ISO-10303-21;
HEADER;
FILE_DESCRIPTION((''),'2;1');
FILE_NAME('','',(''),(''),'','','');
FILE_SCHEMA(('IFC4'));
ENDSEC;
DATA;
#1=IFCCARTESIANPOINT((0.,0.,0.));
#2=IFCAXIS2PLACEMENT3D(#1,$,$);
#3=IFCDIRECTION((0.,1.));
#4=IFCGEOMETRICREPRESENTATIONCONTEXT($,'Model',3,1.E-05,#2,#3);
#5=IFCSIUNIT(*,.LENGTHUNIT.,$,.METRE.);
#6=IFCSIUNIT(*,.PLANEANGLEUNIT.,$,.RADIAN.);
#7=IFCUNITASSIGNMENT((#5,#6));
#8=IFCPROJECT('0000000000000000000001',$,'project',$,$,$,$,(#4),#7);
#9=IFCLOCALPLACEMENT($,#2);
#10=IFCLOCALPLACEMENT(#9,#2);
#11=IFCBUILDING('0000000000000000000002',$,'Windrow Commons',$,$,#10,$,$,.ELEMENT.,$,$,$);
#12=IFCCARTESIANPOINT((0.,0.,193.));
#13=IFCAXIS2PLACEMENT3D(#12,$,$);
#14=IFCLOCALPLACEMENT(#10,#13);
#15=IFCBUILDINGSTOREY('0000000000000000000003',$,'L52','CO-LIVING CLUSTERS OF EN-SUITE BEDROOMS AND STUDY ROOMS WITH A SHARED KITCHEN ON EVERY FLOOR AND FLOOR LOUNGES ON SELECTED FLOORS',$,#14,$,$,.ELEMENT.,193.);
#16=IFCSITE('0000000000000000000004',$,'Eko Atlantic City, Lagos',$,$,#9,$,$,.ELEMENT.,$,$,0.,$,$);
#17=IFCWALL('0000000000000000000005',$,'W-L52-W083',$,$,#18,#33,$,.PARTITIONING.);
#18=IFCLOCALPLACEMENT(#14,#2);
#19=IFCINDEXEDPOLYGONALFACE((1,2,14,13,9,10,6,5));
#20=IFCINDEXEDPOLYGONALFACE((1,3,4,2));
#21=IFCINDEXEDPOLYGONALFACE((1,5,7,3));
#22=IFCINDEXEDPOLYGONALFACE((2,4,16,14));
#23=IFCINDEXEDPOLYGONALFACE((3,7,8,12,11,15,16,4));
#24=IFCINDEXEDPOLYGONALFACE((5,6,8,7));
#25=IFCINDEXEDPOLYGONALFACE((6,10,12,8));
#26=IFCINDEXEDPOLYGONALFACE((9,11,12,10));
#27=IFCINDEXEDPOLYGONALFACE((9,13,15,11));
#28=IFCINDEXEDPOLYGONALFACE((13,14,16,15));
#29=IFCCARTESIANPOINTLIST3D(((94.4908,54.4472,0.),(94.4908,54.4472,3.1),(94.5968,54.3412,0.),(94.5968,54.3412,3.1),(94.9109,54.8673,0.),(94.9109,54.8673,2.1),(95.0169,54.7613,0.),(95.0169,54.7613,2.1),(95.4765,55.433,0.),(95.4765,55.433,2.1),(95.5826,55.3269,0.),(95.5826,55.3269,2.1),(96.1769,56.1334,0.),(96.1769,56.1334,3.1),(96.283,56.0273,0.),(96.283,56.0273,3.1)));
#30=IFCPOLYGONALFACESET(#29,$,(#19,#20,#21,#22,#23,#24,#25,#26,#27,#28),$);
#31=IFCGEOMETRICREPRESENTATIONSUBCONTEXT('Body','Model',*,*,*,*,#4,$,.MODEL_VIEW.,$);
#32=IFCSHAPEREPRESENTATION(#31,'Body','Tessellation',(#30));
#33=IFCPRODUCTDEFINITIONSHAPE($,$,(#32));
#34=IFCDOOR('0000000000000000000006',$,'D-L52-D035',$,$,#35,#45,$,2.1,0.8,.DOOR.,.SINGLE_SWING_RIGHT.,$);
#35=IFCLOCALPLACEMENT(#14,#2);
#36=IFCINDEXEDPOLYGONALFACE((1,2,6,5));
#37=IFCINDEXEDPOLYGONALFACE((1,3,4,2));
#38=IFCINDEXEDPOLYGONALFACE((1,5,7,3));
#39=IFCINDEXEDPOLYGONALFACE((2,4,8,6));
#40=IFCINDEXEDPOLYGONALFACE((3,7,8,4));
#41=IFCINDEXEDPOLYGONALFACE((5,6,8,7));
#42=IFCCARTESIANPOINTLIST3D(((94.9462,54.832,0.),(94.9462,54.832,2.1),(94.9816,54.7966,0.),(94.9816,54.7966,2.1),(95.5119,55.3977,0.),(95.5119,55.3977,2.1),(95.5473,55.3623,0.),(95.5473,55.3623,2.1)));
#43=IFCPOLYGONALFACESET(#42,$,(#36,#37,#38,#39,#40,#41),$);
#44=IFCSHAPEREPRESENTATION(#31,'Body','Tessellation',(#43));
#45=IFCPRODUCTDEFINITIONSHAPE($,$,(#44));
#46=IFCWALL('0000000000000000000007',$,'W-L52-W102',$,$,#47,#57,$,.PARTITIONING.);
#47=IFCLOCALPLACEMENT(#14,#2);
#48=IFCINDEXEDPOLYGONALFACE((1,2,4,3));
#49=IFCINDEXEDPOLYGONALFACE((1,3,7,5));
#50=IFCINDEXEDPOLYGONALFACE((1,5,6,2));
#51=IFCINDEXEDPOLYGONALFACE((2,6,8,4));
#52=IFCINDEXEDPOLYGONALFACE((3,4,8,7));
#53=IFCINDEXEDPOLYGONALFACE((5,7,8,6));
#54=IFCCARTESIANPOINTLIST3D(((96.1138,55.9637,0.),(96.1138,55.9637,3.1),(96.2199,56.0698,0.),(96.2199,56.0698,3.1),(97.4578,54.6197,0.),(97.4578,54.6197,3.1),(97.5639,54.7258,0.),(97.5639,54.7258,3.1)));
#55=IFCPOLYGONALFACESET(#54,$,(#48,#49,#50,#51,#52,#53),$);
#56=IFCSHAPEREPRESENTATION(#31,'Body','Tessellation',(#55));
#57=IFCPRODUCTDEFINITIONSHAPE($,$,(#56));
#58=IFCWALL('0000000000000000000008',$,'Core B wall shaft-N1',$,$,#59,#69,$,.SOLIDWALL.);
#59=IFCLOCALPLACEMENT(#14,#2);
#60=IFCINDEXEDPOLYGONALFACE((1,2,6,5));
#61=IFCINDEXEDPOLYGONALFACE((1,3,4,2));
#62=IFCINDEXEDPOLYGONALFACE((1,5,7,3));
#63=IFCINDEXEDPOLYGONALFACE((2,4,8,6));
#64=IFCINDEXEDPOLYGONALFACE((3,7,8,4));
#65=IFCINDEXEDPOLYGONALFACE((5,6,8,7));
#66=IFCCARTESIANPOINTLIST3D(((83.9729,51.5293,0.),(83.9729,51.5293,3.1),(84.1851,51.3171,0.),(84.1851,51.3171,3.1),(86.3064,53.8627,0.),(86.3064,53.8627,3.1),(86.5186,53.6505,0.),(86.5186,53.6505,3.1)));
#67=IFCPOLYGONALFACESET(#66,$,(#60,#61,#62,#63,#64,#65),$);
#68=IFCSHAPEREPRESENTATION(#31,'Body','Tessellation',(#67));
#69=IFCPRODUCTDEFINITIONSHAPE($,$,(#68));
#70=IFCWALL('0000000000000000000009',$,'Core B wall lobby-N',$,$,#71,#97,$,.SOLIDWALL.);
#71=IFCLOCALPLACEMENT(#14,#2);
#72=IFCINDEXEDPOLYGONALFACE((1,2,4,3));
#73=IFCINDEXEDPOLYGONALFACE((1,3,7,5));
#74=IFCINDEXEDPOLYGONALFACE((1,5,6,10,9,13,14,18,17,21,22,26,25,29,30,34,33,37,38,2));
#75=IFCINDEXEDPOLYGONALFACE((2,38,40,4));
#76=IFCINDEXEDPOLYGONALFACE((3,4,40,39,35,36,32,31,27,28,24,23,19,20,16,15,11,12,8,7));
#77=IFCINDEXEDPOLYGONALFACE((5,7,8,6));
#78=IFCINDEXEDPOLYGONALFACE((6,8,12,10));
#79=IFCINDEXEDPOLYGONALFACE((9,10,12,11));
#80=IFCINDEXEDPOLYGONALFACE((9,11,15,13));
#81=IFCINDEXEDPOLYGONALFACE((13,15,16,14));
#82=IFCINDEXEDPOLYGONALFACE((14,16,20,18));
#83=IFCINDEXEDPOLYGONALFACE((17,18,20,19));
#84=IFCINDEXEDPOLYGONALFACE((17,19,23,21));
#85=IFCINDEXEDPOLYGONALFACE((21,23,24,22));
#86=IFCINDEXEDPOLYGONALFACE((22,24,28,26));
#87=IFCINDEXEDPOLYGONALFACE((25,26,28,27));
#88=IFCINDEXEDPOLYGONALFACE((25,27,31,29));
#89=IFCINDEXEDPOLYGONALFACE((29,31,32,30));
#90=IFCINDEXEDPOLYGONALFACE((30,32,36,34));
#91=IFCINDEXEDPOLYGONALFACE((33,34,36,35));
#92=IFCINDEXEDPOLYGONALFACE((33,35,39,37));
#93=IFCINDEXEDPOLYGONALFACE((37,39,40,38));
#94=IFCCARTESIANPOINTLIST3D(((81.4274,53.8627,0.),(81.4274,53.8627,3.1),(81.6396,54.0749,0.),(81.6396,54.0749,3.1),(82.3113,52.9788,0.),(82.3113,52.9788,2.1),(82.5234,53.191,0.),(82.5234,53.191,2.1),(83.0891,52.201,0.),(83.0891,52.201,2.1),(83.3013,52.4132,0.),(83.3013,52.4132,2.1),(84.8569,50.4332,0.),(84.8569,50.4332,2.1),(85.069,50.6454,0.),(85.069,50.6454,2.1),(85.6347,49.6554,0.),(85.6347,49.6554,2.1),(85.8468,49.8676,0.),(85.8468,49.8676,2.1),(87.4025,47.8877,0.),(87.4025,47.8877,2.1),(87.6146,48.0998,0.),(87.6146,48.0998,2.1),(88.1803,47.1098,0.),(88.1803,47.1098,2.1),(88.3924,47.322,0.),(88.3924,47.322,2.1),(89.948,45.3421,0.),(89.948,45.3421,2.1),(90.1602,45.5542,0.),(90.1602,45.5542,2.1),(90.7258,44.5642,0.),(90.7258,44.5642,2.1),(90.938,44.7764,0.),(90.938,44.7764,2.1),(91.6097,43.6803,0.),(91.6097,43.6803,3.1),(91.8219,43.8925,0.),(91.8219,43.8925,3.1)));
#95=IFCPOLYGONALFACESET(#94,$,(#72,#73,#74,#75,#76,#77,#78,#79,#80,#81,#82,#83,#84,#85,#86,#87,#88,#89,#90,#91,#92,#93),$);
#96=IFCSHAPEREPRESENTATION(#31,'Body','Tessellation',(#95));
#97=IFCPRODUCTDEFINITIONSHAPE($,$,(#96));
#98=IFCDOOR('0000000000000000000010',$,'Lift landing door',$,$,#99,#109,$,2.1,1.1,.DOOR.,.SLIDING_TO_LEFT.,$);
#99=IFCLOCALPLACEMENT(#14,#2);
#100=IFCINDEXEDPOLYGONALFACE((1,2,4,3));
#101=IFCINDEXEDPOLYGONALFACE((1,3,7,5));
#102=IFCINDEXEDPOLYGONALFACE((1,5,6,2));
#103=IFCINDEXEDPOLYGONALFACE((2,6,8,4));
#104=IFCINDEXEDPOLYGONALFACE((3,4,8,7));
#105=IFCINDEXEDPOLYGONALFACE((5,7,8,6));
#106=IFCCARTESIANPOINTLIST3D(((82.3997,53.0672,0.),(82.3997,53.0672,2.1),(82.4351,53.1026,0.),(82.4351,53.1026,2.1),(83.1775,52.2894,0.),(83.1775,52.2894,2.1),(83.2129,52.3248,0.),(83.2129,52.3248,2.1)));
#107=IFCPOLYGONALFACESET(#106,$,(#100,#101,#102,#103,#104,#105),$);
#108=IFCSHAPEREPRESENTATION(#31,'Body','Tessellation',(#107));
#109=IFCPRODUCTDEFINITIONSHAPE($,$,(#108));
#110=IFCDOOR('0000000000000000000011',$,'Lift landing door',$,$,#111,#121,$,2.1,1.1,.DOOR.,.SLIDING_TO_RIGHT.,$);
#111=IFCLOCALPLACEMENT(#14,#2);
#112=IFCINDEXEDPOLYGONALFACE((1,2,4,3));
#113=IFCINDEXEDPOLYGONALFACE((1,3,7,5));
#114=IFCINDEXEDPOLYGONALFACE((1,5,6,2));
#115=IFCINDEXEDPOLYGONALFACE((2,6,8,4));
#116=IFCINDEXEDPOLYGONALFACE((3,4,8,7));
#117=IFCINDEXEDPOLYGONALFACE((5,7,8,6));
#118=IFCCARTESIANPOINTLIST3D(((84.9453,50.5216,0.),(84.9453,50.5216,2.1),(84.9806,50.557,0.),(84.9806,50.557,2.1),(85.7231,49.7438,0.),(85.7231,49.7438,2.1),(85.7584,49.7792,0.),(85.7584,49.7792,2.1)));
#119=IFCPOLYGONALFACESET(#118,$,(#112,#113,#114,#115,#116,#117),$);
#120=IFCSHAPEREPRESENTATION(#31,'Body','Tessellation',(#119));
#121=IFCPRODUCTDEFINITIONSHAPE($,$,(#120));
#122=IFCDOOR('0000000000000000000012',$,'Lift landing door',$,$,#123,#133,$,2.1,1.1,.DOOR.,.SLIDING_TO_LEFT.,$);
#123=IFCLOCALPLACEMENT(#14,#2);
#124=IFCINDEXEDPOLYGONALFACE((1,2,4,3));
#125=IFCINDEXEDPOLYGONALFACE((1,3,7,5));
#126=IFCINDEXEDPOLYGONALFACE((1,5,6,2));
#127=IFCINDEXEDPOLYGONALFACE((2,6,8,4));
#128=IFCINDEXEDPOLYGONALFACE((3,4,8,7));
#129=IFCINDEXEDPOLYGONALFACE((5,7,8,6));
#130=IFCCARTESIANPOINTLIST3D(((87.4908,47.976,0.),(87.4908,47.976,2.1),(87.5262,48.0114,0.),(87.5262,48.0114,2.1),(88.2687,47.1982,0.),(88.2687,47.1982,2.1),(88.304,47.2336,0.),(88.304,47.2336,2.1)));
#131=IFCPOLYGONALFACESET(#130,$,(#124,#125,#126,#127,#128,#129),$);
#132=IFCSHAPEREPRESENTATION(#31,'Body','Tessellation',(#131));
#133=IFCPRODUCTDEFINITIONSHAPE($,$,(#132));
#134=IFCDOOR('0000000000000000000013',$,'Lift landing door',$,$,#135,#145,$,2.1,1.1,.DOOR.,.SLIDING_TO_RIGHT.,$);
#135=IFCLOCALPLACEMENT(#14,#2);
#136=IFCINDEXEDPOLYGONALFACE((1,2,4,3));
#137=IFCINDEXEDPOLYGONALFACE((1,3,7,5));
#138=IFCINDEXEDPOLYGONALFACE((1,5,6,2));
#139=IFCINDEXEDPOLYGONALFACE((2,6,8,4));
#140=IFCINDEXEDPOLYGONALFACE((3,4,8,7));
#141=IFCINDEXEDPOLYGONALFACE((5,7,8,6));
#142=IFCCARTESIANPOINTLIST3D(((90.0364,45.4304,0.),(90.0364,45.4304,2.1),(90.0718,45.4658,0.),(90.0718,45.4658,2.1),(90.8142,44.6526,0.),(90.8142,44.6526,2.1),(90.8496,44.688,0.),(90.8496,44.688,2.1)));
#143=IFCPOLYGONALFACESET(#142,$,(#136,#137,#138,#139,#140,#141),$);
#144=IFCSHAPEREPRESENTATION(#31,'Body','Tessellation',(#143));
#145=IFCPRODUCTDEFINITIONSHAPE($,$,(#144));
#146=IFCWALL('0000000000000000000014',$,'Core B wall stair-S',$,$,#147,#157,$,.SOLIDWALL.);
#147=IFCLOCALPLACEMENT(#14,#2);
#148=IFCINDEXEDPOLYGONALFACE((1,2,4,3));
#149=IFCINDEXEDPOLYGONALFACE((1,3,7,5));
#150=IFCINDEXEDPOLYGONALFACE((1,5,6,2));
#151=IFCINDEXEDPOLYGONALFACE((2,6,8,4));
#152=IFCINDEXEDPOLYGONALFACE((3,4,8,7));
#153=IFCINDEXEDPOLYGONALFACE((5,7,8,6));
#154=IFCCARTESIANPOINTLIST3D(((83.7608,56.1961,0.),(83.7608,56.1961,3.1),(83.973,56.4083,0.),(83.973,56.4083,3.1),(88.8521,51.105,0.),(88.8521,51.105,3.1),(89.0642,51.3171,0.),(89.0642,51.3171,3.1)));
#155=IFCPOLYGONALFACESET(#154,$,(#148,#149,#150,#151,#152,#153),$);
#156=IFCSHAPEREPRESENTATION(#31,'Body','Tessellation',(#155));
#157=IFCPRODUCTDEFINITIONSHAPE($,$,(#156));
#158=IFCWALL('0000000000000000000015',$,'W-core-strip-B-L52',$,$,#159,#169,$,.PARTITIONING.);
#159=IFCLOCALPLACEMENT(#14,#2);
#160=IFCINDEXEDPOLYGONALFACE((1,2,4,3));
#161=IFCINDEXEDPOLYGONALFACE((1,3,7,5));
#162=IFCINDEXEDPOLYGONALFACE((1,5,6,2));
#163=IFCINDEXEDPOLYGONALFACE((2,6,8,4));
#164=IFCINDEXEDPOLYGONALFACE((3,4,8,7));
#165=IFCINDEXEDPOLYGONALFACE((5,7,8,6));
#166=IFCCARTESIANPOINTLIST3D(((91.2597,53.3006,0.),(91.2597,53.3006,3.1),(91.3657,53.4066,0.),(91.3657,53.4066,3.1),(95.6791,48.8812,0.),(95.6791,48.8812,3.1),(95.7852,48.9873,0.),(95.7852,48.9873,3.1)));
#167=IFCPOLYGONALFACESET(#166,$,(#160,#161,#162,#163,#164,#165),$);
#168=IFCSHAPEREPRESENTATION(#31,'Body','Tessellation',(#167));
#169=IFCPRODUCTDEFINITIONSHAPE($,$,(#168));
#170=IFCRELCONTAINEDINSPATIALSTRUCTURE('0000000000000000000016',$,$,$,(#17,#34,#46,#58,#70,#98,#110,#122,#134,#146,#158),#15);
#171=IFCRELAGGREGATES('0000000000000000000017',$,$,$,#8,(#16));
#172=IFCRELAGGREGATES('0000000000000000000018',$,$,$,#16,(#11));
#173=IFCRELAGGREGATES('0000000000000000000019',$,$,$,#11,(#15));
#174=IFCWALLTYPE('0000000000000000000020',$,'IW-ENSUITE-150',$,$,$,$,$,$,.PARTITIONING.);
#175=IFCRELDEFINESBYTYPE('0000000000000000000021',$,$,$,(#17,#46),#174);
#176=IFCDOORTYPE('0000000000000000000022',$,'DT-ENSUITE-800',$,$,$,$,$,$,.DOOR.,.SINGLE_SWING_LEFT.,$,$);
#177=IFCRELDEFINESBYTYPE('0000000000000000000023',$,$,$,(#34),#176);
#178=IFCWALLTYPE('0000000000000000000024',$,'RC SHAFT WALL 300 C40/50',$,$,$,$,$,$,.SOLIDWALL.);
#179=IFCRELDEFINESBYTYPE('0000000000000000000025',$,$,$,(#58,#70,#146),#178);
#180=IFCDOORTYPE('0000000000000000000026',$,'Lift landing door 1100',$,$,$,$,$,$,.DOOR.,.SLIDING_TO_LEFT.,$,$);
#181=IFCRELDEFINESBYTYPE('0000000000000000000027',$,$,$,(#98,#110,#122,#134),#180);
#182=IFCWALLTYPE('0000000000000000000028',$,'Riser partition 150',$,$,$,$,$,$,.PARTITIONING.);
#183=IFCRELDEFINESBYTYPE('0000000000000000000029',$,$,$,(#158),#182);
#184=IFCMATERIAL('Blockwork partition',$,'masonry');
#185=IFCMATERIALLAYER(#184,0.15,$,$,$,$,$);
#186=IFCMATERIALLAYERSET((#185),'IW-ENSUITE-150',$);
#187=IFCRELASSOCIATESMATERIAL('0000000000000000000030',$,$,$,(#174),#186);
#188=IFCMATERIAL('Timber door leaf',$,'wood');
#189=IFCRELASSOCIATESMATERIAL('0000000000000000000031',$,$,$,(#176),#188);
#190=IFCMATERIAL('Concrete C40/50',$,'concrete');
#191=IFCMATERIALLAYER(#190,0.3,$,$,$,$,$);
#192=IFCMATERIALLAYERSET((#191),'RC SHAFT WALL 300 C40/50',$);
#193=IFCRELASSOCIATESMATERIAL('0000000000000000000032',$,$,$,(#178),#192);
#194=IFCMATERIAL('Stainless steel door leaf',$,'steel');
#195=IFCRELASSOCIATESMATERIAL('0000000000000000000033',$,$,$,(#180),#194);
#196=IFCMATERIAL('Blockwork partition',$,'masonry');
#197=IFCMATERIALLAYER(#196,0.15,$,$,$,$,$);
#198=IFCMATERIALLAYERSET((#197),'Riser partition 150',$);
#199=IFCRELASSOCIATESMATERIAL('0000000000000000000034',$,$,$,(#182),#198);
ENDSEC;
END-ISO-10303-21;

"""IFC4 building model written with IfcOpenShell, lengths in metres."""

from ifc_helpers import new_model, si_unit, direction, frame, frame_2d, origin, place, context, subcontext, project, spatial, rectangle, extrude, material, layer, layer_set, type_object, element, fill, save


model = new_model("IFC4")

# Units and contexts
model_context = context("Model", 3, precision=1e-05, world=origin(), true_north=direction((0.0, 1.0)))
body_context = subcontext(model_context, "Body", "Model", "MODEL_VIEW")
ifc_project = project(units=[si_unit("LENGTHUNIT", "METRE"), si_unit("PLANEANGLEUNIT", "RADIAN")], contexts=[model_context])

# Site, building, storey
site_placement = place(None, origin())
site = spatial("IfcSite", under=ifc_project, at=site_placement, Name="Eko Atlantic City, Lagos", CompositionType="ELEMENT", RefElevation=0.0)
building_placement = place(site_placement, origin())
building = spatial("IfcBuilding", under=site, at=building_placement, Name="Windrow Commons", CompositionType="ELEMENT")
storey_placement = place(building_placement, frame((0.0, 0.0, 193.0)))
storey = spatial("IfcBuildingStorey", under=building, at=storey_placement, Name="L52", Description="CO-LIVING CLUSTERS OF EN-SUITE BEDROOMS AND STUDY ROOMS WITH A SHARED KITCHEN ON EVERY FLOOR AND FLOOR LOUNGES ON SELECTED FLOORS", CompositionType="ELEMENT", Elevation=193.0)

# Shared definitions
ifc_material_1 = material(Name="Blockwork partition", Category="masonry")
ifc_layer_1 = layer(ifc_material_1, 0.15)
ifc_layer_set_1 = layer_set([ifc_layer_1], Name="IW-ENSUITE-150")
wall_type_1 = type_object("IfcWallType", Name="IW-ENSUITE-150", PredefinedType="PARTITIONING", material=ifc_layer_set_1)

# Wall, opening, door
wall_1_placement = place(storey_placement, frame((94.5438, 54.3942, 0.0), z_axis=(0.0, 0.0, 1.0), x_axis=(0.707107, 0.707107, 0.0)))
wall_1 = element("IfcWall", 1, at=wall_1_placement, inside=storey, type_object=wall_type_1, Name="W-L52-W083", PredefinedType="PARTITIONING", context=body_context, shape_type="SweptSolid", body=[
    extrude(rectangle(XDim=2.3846, YDim=0.15, at=frame_2d((1.1923, 0.0))), origin(), (0.0, 0.0, 1.0), 3.1),
])
opening_1_placement = place(wall_1_placement, frame((0.5941, 0.0, 0.0)))
opening_1 = element("IfcOpeningElement", 2, at=opening_1_placement, cuts=wall_1, PredefinedType="OPENING", context=body_context, shape_type="SweptSolid", body=[
    extrude(rectangle(XDim=0.8, YDim=2.1, at=frame_2d((0.4, 1.05))), frame((0.0, 0.085, 0.0), z_axis=(0.0, -1.0, 0.0), x_axis=(1.0, 0.0, 0.0)), (0.0, 0.0, 1.0), 0.17),
])
ifc_material_2 = material(Name="Timber door leaf", Category="wood")
door_type_1 = type_object("IfcDoorType", Name="DT-ENSUITE-800", OperationType="SINGLE_SWING_LEFT", PredefinedType="DOOR", material=ifc_material_2)
door_1_placement = place(opening_1_placement, origin())
door_1 = element("IfcDoor", 3, at=door_1_placement, inside=storey, type_object=door_type_1, Name="D-L52-D035", OperationType="SINGLE_SWING_RIGHT", OverallHeight=2.1, OverallWidth=0.8, PredefinedType="DOOR", context=body_context, shape_type="SweptSolid", body=[
    extrude(rectangle(XDim=0.8, YDim=2.1, at=frame_2d((0.4, 1.05))), frame((0.0, 0.025, 0.0), z_axis=(0.0, -1.0, 0.0), x_axis=(1.0, 0.0, 0.0)), (0.0, 0.0, 1.0), 0.05),
])
fill(opening_1, door_1)

# Walls
wall_2_placement = place(storey_placement, frame((96.1668, 56.0168, 0.0), z_axis=(0.0, 0.0, 1.0), x_axis=(0.707107, -0.707107, 0.0)))
element("IfcWall", 4, at=wall_2_placement, inside=storey, type_object=wall_type_1, Name="W-L52-W102", PredefinedType="PARTITIONING", context=body_context, shape_type="SweptSolid", body=[
    extrude(rectangle(XDim=1.9007, YDim=0.15, at=frame_2d((0.9504, 0.0))), origin(), (0.0, 0.0, 1.0), 3.1),
])
ifc_material_3 = material(Name="Concrete C40/50", Category="concrete")
ifc_layer_2 = layer(ifc_material_3, 0.3)
ifc_layer_set_2 = layer_set([ifc_layer_2], Name="RC SHAFT WALL 300 C40/50")
wall_type_2 = type_object("IfcWallType", Name="RC SHAFT WALL 300 C40/50", PredefinedType="SOLIDWALL", material=ifc_layer_set_2)
wall_3_placement = place(storey_placement, frame((84.079, 51.4232, 0.0), z_axis=(0.0, 0.0, 1.0), x_axis=(0.707122, 0.707092, 0.0)))
element("IfcWall", 5, at=wall_3_placement, inside=storey, type_object=wall_type_2, Name="Core B wall shaft-N1", PredefinedType="SOLIDWALL", context=body_context, shape_type="SweptSolid", body=[
    extrude(rectangle(XDim=3.3, YDim=0.3, at=frame_2d((1.65, 0.0))), origin(), (0.0, 0.0, 1.0), 3.1),
])

# Wall, openings, doors
wall_4_placement = place(storey_placement, frame((81.5335, 53.9688, 0.0), z_axis=(0.0, 0.0, 1.0), x_axis=(0.707103, -0.70711, 0.0)))
wall_4 = element("IfcWall", 6, at=wall_4_placement, inside=storey, type_object=wall_type_2, Name="Core B wall lobby-N", PredefinedType="SOLIDWALL", context=body_context, shape_type="SweptSolid", body=[
    extrude(rectangle(XDim=14.4, YDim=0.3, at=frame_2d((7.2, 0.0))), origin(), (0.0, 0.0, 1.0), 3.1),
])
opening_2_placement = place(wall_4_placement, frame((1.25, 0.0, 0.0)))
opening_2 = element("IfcOpeningElement", 7, at=opening_2_placement, cuts=wall_4, PredefinedType="OPENING", context=body_context, shape_type="SweptSolid", body=[
    extrude(rectangle(XDim=1.1, YDim=2.1, at=frame_2d((0.55, 1.05))), frame((0.0, 0.16, 0.0), z_axis=(0.0, -1.0, 0.0), x_axis=(1.0, 0.0, 0.0)), (0.0, 0.0, 1.0), 0.32),
])
opening_3_placement = place(wall_4_placement, frame((4.85, 0.0, 0.0)))
opening_3 = element("IfcOpeningElement", 8, at=opening_3_placement, cuts=wall_4, PredefinedType="OPENING", context=body_context, shape_type="SweptSolid", body=[
    extrude(rectangle(XDim=1.1, YDim=2.1, at=frame_2d((0.55, 1.05))), frame((0.0, 0.16, 0.0), z_axis=(0.0, -1.0, 0.0), x_axis=(1.0, 0.0, 0.0)), (0.0, 0.0, 1.0), 0.32),
])
opening_4_placement = place(wall_4_placement, frame((8.45, 0.0, 0.0)))
opening_4 = element("IfcOpeningElement", 9, at=opening_4_placement, cuts=wall_4, PredefinedType="OPENING", context=body_context, shape_type="SweptSolid", body=[
    extrude(rectangle(XDim=1.1, YDim=2.1, at=frame_2d((0.55, 1.05))), frame((0.0, 0.16, 0.0), z_axis=(0.0, -1.0, 0.0), x_axis=(1.0, 0.0, 0.0)), (0.0, 0.0, 1.0), 0.32),
])
opening_5_placement = place(wall_4_placement, frame((12.05, 0.0, 0.0)))
opening_5 = element("IfcOpeningElement", 10, at=opening_5_placement, cuts=wall_4, PredefinedType="OPENING", context=body_context, shape_type="SweptSolid", body=[
    extrude(rectangle(XDim=1.1, YDim=2.1, at=frame_2d((0.55, 1.05))), frame((0.0, 0.16, 0.0), z_axis=(0.0, -1.0, 0.0), x_axis=(1.0, 0.0, 0.0)), (0.0, 0.0, 1.0), 0.32),
])
ifc_material_4 = material(Name="Stainless steel door leaf", Category="steel")
door_type_2 = type_object("IfcDoorType", Name="Lift landing door 1100", OperationType="SLIDING_TO_LEFT", PredefinedType="DOOR", material=ifc_material_4)
door_2_placement = place(opening_2_placement, origin())
door_2 = element("IfcDoor", 11, at=door_2_placement, inside=storey, type_object=door_type_2, Name="Lift landing door", OperationType="SLIDING_TO_LEFT", OverallHeight=2.1, OverallWidth=1.1, PredefinedType="DOOR", context=body_context, shape_type="SweptSolid", body=[
    extrude(rectangle(XDim=1.1, YDim=2.1, at=frame_2d((0.55, 1.05))), frame((0.0, 0.025, 0.0), z_axis=(0.0, -1.0, 0.0), x_axis=(1.0, 0.0, 0.0)), (0.0, 0.0, 1.0), 0.05),
])
fill(opening_2, door_2)
door_3_placement = place(opening_3_placement, origin())
door_3 = element("IfcDoor", 12, at=door_3_placement, inside=storey, type_object=door_type_2, Name="Lift landing door", OperationType="SLIDING_TO_RIGHT", OverallHeight=2.1, OverallWidth=1.1, PredefinedType="DOOR", context=body_context, shape_type="SweptSolid", body=[
    extrude(rectangle(XDim=1.1, YDim=2.1, at=frame_2d((0.55, 1.05))), frame((0.0, 0.025, 0.0), z_axis=(0.0, -1.0, 0.0), x_axis=(1.0, 0.0, 0.0)), (0.0, 0.0, 1.0), 0.05),
])
fill(opening_3, door_3)
door_4_placement = place(opening_4_placement, origin())
door_4 = element("IfcDoor", 13, at=door_4_placement, inside=storey, type_object=door_type_2, Name="Lift landing door", OperationType="SLIDING_TO_LEFT", OverallHeight=2.1, OverallWidth=1.1, PredefinedType="DOOR", context=body_context, shape_type="SweptSolid", body=[
    extrude(rectangle(XDim=1.1, YDim=2.1, at=frame_2d((0.55, 1.05))), frame((0.0, 0.025, 0.0), z_axis=(0.0, -1.0, 0.0), x_axis=(1.0, 0.0, 0.0)), (0.0, 0.0, 1.0), 0.05),
])
fill(opening_4, door_4)
door_5_placement = place(opening_5_placement, origin())
door_5 = element("IfcDoor", 14, at=door_5_placement, inside=storey, type_object=door_type_2, Name="Lift landing door", OperationType="SLIDING_TO_RIGHT", OverallHeight=2.1, OverallWidth=1.1, PredefinedType="DOOR", context=body_context, shape_type="SweptSolid", body=[
    extrude(rectangle(XDim=1.1, YDim=2.1, at=frame_2d((0.55, 1.05))), frame((0.0, 0.025, 0.0), z_axis=(0.0, -1.0, 0.0), x_axis=(1.0, 0.0, 0.0)), (0.0, 0.0, 1.0), 0.05),
])
fill(opening_5, door_5)

# Walls
wall_5_placement = place(storey_placement, frame((83.8669, 56.3022, 0.0), z_axis=(0.0, 0.0, 1.0), x_axis=(0.707114, -0.7071, 0.0)))
element("IfcWall", 15, at=wall_5_placement, inside=storey, type_object=wall_type_2, Name="Core B wall stair-S", PredefinedType="SOLIDWALL", context=body_context, shape_type="SweptSolid", body=[
    extrude(rectangle(XDim=7.2, YDim=0.3, at=frame_2d((3.6, 0.0))), origin(), (0.0, 0.0, 1.0), 3.1),
])
ifc_material_5 = material(Name="Blockwork partition", Category="masonry")
ifc_layer_3 = layer(ifc_material_5, 0.15)
ifc_layer_set_3 = layer_set([ifc_layer_3], Name="Riser partition 150")
wall_type_3 = type_object("IfcWallType", Name="Riser partition 150", PredefinedType="PARTITIONING", material=ifc_layer_set_3)
wall_6_placement = place(storey_placement, frame((91.3127, 53.3536, 0.0), z_axis=(0.0, 0.0, 1.0), x_axis=(0.707115, -0.707099, 0.0)))
element("IfcWall", 16, at=wall_6_placement, inside=storey, type_object=wall_type_3, Name="W-core-strip-B-L52", PredefinedType="PARTITIONING", context=body_context, shape_type="SweptSolid", body=[
    extrude(rectangle(XDim=6.25, YDim=0.15, at=frame_2d((3.125, 0.0))), origin(), (0.0, 0.0, 1.0), 3.1),
])

save(model, "model.ifc")
